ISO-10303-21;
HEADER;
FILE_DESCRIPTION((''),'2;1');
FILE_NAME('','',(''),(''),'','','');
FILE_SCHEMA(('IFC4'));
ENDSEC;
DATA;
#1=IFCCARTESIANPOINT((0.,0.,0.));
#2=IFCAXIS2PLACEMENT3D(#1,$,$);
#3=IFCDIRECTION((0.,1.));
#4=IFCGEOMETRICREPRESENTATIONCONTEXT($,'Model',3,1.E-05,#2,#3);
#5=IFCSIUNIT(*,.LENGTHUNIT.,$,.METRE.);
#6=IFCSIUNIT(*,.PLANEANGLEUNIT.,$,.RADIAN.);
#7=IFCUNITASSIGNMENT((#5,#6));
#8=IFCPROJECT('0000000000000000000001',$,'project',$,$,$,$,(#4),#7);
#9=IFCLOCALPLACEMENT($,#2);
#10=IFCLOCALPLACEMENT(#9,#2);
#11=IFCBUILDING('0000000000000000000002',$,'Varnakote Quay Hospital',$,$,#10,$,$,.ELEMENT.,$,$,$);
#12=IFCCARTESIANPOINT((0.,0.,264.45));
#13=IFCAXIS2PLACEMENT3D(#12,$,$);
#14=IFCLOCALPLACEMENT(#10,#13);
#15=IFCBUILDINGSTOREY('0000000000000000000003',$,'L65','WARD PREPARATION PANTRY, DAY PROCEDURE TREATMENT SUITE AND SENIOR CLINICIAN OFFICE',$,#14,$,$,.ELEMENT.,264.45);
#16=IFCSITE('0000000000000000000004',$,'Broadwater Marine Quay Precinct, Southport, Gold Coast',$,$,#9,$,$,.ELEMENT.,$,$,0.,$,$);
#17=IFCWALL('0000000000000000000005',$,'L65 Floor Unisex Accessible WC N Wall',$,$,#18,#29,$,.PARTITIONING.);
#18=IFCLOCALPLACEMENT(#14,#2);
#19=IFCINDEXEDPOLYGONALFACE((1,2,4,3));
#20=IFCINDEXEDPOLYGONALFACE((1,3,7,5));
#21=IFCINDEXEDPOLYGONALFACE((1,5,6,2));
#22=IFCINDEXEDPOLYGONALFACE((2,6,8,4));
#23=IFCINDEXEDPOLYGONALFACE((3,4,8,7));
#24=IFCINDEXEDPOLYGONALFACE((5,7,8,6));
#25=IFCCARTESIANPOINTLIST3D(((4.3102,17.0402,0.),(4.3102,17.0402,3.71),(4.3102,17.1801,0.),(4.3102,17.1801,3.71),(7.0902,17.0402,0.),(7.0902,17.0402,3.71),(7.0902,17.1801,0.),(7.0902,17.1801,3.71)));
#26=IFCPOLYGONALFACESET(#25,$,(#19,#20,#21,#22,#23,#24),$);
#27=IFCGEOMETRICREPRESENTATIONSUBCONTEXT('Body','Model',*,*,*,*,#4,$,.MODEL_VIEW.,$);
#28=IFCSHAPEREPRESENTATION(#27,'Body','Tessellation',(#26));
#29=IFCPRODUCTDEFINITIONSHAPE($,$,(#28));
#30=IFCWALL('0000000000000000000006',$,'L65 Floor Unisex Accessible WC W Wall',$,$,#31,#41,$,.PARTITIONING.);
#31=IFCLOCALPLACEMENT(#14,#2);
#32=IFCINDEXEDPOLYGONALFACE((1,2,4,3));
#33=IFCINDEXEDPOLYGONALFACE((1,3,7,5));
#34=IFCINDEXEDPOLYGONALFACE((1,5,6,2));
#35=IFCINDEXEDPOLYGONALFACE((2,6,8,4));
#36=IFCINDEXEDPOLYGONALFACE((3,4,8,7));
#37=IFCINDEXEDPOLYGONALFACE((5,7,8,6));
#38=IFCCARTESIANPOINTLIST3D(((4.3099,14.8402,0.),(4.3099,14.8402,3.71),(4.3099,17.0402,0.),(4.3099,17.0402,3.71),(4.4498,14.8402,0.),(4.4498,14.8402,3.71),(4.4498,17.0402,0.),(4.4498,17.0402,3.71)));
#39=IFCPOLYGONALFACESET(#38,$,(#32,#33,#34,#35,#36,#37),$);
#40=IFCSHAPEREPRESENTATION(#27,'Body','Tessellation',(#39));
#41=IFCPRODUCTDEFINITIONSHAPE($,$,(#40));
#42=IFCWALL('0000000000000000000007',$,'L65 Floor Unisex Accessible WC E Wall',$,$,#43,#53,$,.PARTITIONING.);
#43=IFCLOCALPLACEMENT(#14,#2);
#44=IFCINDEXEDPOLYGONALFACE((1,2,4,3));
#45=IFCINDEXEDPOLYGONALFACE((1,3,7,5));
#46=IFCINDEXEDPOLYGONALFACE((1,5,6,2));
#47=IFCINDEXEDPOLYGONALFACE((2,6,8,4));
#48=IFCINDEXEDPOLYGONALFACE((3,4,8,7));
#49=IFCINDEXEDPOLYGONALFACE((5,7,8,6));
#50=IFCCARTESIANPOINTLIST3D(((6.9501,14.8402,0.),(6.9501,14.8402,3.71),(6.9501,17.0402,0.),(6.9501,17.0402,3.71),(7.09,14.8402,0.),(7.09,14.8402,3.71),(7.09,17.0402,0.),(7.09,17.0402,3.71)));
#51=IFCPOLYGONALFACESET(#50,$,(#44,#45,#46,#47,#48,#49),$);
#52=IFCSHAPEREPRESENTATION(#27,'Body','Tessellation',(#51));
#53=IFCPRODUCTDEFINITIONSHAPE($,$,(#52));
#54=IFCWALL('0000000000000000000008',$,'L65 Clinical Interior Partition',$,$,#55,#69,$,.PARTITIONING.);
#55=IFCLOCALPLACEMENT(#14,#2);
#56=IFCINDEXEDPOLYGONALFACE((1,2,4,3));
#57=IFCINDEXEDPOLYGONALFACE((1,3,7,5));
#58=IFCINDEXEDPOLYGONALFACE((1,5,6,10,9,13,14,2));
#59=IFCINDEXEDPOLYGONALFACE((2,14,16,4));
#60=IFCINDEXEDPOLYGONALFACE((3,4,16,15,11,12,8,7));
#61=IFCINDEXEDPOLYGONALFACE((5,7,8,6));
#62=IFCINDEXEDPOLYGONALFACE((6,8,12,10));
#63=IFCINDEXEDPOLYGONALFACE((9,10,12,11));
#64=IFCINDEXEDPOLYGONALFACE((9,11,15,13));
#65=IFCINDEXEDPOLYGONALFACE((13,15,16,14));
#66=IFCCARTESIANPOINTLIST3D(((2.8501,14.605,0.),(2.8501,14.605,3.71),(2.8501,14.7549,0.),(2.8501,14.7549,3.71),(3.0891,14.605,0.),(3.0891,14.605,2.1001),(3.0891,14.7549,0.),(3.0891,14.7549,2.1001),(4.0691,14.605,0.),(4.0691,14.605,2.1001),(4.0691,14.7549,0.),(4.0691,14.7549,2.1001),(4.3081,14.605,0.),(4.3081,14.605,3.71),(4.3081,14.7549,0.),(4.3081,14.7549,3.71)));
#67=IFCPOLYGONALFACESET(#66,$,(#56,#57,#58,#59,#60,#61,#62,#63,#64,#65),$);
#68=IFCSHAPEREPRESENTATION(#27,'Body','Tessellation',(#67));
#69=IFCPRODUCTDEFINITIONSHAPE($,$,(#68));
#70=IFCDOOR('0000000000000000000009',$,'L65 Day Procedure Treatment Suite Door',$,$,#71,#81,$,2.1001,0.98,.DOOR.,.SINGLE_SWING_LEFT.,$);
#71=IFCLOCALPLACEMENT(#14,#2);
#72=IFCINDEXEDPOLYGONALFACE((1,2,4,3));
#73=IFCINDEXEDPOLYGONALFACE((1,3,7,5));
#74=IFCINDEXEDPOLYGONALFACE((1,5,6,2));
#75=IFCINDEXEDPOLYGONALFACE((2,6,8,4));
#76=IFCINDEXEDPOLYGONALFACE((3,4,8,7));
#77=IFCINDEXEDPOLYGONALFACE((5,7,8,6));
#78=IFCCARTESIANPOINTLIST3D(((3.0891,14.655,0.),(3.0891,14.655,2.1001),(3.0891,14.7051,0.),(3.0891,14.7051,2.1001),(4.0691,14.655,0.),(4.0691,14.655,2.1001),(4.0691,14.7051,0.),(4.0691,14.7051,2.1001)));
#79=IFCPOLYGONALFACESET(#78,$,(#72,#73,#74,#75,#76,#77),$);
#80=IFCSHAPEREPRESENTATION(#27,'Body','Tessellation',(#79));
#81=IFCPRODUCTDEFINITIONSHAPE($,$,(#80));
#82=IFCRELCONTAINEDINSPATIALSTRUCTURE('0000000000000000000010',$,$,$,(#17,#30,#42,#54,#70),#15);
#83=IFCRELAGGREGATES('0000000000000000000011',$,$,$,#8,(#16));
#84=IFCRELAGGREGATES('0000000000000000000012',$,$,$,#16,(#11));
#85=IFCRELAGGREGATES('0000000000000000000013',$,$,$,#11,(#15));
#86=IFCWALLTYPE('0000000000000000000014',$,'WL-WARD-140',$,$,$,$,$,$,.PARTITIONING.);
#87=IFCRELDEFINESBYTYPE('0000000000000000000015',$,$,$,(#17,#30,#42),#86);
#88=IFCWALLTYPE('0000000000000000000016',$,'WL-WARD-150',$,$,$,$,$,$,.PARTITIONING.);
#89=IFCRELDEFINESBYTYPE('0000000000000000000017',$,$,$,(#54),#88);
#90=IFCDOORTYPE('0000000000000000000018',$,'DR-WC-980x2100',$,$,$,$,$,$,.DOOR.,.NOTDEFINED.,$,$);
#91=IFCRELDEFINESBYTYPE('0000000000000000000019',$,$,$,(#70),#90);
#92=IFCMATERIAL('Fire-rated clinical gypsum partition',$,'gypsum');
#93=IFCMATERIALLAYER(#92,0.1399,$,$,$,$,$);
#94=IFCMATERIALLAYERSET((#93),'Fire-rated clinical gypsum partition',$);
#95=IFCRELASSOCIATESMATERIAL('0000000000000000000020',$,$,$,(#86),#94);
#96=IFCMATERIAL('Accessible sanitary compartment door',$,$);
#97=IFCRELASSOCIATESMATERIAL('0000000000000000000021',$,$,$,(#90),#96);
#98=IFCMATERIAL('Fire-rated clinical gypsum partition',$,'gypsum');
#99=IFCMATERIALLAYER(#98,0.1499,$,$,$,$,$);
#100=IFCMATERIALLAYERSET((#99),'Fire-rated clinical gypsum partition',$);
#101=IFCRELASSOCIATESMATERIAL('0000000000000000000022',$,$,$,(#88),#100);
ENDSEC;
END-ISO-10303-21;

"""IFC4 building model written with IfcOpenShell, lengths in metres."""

from ifc_helpers import new_model, si_unit, direction, frame, frame_2d, origin, place, context, subcontext, project, spatial, rectangle, extrude, material, layer, layer_set, type_object, element, fill, save


model = new_model("IFC4")

# Units and contexts
model_context = context("Model", 3, precision=1e-05, world=origin(), true_north=direction((0.0, 1.0)))
body_context = subcontext(model_context, "Body", "Model", "MODEL_VIEW")
ifc_project = project(units=[si_unit("LENGTHUNIT", "METRE"), si_unit("PLANEANGLEUNIT", "RADIAN")], contexts=[model_context])

# Site, building, storey
site_placement = place(None, origin())
site = spatial("IfcSite", under=ifc_project, at=site_placement, Name="Broadwater Marine Quay Precinct, Southport, Gold Coast", CompositionType="ELEMENT", RefElevation=0.0)
building_placement = place(site_placement, origin())
building = spatial("IfcBuilding", under=site, at=building_placement, Name="Varnakote Quay Hospital", CompositionType="ELEMENT")
storey_placement = place(building_placement, frame((0.0, 0.0, 264.45)))
storey = spatial("IfcBuildingStorey", under=building, at=storey_placement, Name="L65", Description="WARD PREPARATION PANTRY, DAY PROCEDURE TREATMENT SUITE AND SENIOR CLINICIAN OFFICE", CompositionType="ELEMENT", Elevation=264.45)

# Shared definitions
ifc_material_1 = material(Name="Fire-rated clinical gypsum partition", Category="gypsum")
ifc_layer_1 = layer(ifc_material_1, 0.1399)
ifc_layer_set_1 = layer_set([ifc_layer_1], Name="Fire-rated clinical gypsum partition")
wall_type_1 = type_object("IfcWallType", Name="WL-WARD-140", PredefinedType="PARTITIONING", material=ifc_layer_set_1)
ifc_material_2 = material(Name="Accessible sanitary compartment door")
door_type_1 = type_object("IfcDoorType", Name="DR-WC-980x2100", OperationType="NOTDEFINED", PredefinedType="DOOR", material=ifc_material_2)

# Walls
wall_1_placement = place(storey_placement, frame((4.3101, 17.1101, 0.0), z_axis=(0.0, 0.0, 1.0), x_axis=(1.0, 0.0, 0.0)))
element("IfcWall", 1, at=wall_1_placement, inside=storey, type_object=wall_type_1, Name="L65 Floor Unisex Accessible WC N Wall", PredefinedType="PARTITIONING", context=body_context, shape_type="SweptSolid", body=[
    extrude(rectangle(XDim=2.78, YDim=0.1399, at=frame_2d((1.3901, 0.0))), origin(), (0.0, 0.0, 1.0), 3.71),
])
for number, where, z_axis, x_axis, name in (
    (2, (4.3799, 14.8401, 0.0), (0.0, 0.0, 1.0), (0.0, 1.0, 0.0), "L65 Floor Unisex Accessible WC W Wall"),
    (3, (7.02, 14.8401, 0.0), (0.0, 0.0, 1.0), (0.0, 1.0, 0.0), "L65 Floor Unisex Accessible WC E Wall"),
):
    element("IfcWall", number, at=place(storey_placement, frame(where, z_axis=z_axis, x_axis=x_axis)), inside=storey, type_object=wall_type_1, Name=name, PredefinedType="PARTITIONING", context=body_context, shape_type="SweptSolid", body=[
        extrude(rectangle(XDim=2.2, YDim=0.1399, at=frame_2d((1.1001, 0.0))), origin(), (0.0, 0.0, 1.0), 3.71),
    ])

# Wall, opening, door
ifc_material_3 = material(Name="Fire-rated clinical gypsum partition", Category="gypsum")
ifc_layer_2 = layer(ifc_material_3, 0.1499)
ifc_layer_set_2 = layer_set([ifc_layer_2], Name="Fire-rated clinical gypsum partition")
wall_type_2 = type_object("IfcWallType", Name="WL-WARD-150", PredefinedType="PARTITIONING", material=ifc_layer_set_2)
wall_2_placement = place(storey_placement, frame((4.3081, 14.6799, 0.0), z_axis=(0.0, 0.0, 1.0), x_axis=(-1.0, 0.0, 0.0)))
wall_2 = element("IfcWall", 4, at=wall_2_placement, inside=storey, type_object=wall_type_2, Name="L65 Clinical Interior Partition", PredefinedType="PARTITIONING", context=body_context, shape_type="SweptSolid", body=[
    extrude(rectangle(XDim=1.458, YDim=0.1499, at=frame_2d((0.729, 0.0))), origin(), (0.0, 0.0, 1.0), 3.71),
])
opening_1_placement = place(wall_2_placement, frame((0.239, 0.0, 0.0)))
opening_1 = element("IfcOpeningElement", 5, at=opening_1_placement, cuts=wall_2, PredefinedType="OPENING", context=body_context, shape_type="SweptSolid", body=[
    extrude(rectangle(XDim=0.98, YDim=2.1001, at=frame_2d((0.49, 1.05))), frame((0.0, 0.085, 0.0), z_axis=(0.0, -1.0, 0.0), x_axis=(1.0, 0.0, 0.0)), (0.0, 0.0, 1.0), 0.1699),
])
door_1_placement = place(opening_1_placement, origin())
door_1 = element("IfcDoor", 6, at=door_1_placement, inside=storey, type_object=door_type_1, Name="L65 Day Procedure Treatment Suite Door", OperationType="SINGLE_SWING_LEFT", OverallHeight=2.1001, OverallWidth=0.98, PredefinedType="DOOR", context=body_context, shape_type="SweptSolid", body=[
    extrude(rectangle(XDim=0.98, YDim=2.1001, at=frame_2d((0.49, 1.05))), frame((0.0, 0.0249, 0.0), z_axis=(0.0, -1.0, 0.0), x_axis=(1.0, 0.0, 0.0)), (0.0, 0.0, 1.0), 0.05),
])
fill(opening_1, door_1)

save(model, "model.ifc")
